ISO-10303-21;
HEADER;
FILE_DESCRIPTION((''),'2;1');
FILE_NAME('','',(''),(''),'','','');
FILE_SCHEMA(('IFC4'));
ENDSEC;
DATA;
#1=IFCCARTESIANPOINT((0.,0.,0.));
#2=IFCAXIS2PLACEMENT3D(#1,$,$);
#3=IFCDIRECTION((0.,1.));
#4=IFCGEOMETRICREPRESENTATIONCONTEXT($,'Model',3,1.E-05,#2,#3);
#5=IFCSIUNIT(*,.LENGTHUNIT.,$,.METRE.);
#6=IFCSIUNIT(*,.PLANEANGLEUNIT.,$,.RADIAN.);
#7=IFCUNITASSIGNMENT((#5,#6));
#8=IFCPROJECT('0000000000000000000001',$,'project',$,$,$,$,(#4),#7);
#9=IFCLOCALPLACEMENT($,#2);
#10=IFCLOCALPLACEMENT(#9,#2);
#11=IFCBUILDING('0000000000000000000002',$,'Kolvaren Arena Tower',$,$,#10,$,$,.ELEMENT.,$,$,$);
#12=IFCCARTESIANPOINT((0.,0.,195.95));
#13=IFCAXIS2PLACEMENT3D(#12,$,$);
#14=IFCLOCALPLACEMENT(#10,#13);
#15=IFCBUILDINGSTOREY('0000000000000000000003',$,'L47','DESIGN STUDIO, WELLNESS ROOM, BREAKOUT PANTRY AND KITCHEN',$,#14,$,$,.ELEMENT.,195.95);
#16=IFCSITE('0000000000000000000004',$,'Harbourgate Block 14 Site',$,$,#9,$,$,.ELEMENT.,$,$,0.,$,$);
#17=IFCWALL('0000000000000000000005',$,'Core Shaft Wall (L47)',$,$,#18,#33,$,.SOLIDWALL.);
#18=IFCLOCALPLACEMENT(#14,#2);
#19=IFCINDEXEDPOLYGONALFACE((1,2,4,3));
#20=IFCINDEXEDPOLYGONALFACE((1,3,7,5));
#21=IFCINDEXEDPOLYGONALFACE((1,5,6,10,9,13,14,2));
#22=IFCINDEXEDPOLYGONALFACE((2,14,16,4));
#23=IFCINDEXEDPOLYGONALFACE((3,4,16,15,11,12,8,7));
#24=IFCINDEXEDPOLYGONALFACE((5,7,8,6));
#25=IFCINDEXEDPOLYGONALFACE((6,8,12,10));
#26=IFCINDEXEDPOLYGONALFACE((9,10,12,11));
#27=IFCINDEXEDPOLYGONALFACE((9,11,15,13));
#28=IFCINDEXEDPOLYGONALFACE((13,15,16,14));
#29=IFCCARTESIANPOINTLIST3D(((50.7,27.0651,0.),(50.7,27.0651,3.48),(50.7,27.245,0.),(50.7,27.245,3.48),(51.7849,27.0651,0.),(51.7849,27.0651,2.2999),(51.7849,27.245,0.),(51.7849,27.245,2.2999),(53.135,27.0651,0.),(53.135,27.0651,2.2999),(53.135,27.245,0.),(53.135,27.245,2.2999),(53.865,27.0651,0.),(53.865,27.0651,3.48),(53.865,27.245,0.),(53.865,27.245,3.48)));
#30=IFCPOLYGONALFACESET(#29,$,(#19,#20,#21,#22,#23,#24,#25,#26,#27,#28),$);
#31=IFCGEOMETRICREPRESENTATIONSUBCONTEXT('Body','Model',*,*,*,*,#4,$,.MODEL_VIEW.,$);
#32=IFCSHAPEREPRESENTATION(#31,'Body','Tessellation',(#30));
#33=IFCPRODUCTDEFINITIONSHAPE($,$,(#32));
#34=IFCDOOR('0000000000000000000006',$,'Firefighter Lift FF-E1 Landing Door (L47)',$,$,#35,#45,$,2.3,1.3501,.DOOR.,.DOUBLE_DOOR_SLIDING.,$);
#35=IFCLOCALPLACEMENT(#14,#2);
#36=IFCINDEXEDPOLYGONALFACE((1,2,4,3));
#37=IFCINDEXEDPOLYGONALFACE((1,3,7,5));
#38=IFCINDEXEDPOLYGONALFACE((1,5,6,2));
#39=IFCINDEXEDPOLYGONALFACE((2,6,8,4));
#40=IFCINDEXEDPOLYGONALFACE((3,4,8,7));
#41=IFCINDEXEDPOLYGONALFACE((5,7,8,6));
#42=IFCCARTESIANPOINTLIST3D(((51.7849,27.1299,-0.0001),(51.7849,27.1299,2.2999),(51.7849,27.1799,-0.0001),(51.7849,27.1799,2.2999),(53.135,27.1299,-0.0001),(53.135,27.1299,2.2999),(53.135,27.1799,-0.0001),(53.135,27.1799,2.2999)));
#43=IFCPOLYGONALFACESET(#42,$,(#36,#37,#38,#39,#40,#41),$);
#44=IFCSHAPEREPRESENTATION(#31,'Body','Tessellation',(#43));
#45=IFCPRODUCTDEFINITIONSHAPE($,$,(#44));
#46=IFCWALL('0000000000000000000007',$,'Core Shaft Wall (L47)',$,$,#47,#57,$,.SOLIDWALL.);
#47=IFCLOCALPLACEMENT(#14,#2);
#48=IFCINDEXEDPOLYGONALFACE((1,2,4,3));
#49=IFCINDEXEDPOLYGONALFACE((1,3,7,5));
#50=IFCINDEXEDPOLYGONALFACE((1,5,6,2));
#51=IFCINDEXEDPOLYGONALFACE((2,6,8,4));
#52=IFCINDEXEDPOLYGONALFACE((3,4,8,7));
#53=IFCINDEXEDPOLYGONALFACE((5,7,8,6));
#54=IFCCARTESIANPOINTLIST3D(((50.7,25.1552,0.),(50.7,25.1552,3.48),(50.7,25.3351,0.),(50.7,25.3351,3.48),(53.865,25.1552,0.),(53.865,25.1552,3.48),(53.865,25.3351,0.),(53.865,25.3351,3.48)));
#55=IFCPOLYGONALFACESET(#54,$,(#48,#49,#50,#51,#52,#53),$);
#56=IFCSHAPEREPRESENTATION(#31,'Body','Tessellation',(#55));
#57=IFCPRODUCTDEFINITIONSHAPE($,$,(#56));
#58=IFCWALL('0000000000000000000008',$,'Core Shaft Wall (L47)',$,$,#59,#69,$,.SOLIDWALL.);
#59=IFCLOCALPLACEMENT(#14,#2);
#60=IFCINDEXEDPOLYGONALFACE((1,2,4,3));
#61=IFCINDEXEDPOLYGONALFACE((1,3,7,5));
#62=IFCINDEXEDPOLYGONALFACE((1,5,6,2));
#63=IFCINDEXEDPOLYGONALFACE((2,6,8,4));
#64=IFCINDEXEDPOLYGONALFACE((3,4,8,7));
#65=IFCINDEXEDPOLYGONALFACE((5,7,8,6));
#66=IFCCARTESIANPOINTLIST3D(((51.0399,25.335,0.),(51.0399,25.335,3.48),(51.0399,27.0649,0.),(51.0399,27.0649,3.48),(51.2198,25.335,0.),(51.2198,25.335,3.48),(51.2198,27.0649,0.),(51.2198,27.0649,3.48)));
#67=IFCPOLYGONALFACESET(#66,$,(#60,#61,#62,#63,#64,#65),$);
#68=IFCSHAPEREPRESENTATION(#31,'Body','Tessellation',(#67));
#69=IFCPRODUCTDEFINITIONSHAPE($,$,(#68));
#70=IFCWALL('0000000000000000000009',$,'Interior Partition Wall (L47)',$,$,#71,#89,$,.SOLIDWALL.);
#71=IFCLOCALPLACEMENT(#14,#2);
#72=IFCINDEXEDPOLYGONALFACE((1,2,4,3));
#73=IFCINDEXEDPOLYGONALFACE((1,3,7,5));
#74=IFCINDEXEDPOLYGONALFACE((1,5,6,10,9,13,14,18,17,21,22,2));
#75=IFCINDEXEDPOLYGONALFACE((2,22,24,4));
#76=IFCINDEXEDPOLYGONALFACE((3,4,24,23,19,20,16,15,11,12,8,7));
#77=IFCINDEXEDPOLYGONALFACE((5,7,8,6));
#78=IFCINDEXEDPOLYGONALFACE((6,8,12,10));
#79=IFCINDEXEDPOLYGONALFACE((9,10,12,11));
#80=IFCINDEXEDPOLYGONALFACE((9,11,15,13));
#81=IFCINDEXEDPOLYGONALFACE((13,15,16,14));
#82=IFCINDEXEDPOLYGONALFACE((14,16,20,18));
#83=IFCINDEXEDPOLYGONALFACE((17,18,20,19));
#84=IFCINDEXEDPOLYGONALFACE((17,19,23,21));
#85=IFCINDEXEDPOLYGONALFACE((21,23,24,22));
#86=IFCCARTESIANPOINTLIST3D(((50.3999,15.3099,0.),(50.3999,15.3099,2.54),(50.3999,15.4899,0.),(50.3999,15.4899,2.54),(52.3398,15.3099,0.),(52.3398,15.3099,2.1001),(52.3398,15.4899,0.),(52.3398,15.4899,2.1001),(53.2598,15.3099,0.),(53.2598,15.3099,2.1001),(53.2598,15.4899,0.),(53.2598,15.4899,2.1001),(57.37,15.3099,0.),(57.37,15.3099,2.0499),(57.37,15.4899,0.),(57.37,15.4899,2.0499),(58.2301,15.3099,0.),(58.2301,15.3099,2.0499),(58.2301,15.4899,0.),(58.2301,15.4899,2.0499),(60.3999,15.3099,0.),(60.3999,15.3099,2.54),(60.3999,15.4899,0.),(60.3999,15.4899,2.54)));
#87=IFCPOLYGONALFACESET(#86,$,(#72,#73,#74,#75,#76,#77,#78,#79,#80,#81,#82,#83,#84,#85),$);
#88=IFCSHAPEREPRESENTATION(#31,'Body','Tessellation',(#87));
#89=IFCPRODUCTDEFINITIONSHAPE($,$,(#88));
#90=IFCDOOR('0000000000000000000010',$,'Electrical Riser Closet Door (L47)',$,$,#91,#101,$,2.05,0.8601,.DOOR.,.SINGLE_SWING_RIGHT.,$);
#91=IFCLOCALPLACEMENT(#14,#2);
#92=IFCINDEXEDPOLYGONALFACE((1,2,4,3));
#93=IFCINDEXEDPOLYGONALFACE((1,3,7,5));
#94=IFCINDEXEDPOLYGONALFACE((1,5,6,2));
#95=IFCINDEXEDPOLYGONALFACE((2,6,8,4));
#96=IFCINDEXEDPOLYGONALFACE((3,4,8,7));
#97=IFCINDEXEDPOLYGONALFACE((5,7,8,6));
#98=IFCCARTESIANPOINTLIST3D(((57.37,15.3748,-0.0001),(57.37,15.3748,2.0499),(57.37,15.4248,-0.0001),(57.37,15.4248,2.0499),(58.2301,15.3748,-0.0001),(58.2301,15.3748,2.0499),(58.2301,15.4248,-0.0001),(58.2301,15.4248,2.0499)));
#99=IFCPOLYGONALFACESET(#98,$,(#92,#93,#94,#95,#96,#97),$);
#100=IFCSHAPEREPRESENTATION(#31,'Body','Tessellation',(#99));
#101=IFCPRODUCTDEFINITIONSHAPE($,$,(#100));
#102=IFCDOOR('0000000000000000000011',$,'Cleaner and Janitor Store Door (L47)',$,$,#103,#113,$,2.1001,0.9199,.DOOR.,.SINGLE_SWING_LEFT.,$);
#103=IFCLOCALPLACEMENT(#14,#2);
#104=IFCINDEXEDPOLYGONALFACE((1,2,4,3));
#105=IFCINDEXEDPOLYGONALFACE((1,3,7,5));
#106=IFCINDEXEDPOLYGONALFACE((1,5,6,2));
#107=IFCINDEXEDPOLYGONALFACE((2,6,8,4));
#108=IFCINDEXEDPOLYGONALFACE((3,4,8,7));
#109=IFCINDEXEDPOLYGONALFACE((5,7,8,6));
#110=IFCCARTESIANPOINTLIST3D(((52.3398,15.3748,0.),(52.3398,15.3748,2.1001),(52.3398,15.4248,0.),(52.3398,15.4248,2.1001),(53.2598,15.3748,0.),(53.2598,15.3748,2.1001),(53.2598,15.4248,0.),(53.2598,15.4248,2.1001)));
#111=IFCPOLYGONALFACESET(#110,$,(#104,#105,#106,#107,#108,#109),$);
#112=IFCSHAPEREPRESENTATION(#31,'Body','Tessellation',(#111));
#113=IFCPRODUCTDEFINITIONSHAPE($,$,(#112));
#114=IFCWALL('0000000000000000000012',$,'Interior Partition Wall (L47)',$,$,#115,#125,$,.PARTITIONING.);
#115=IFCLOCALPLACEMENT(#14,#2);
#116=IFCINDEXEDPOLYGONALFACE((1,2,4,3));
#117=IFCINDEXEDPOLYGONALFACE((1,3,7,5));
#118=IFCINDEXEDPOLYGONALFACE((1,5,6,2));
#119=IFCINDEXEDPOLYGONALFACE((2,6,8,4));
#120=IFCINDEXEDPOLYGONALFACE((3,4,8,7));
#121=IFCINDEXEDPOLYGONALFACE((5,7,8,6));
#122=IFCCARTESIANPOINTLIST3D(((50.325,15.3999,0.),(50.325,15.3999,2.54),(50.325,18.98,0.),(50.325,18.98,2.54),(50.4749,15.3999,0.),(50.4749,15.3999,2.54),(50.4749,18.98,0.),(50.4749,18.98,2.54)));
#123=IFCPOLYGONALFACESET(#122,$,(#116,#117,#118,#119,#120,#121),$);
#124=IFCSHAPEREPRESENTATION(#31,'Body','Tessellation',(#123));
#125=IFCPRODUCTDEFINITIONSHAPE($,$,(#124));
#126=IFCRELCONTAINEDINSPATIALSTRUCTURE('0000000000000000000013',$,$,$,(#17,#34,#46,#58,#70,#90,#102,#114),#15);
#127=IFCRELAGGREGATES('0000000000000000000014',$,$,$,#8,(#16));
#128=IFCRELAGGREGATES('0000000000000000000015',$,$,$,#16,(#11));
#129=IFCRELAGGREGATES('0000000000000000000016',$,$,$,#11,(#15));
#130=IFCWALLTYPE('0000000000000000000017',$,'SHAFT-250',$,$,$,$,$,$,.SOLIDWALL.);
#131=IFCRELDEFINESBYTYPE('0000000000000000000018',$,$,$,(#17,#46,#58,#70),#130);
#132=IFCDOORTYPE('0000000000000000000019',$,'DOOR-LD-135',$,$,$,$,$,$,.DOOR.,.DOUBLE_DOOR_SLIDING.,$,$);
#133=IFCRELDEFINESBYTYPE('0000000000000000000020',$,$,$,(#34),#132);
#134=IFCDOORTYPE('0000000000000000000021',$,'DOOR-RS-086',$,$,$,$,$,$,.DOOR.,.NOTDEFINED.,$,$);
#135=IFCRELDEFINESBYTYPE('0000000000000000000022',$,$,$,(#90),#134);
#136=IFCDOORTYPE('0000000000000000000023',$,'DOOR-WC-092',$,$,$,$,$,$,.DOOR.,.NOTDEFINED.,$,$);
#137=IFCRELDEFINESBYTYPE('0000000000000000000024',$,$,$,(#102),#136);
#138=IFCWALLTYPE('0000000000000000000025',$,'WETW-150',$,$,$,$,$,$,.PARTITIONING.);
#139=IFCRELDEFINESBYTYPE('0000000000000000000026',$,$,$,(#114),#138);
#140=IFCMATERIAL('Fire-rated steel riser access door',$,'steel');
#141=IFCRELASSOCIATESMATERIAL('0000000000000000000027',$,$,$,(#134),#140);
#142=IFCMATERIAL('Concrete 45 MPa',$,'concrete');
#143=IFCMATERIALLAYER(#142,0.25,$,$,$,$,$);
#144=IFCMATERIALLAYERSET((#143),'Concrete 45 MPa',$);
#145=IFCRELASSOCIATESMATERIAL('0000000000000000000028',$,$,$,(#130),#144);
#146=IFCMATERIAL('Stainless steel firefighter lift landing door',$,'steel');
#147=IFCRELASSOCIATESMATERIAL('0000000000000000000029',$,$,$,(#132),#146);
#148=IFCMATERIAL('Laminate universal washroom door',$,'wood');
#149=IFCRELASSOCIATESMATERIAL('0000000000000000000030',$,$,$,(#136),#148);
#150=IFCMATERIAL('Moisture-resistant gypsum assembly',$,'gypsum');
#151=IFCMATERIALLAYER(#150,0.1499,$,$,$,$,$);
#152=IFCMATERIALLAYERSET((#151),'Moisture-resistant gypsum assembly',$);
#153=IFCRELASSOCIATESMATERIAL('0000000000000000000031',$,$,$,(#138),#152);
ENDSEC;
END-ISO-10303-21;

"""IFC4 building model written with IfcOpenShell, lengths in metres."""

from ifc_helpers import new_model, si_unit, direction, frame, frame_2d, origin, place, context, subcontext, project, spatial, rectangle, extrude, material, layer, layer_set, type_object, element, fill, save


model = new_model("IFC4")

# Units and contexts
model_context = context("Model", 3, precision=1e-05, world=origin(), true_north=direction((0.0, 1.0)))
body_context = subcontext(model_context, "Body", "Model", "MODEL_VIEW")
ifc_project = project(units=[si_unit("LENGTHUNIT", "METRE"), si_unit("PLANEANGLEUNIT", "RADIAN")], contexts=[model_context])

# Site, building, storey
site_placement = place(None, origin())
site = spatial("IfcSite", under=ifc_project, at=site_placement, Name="Harbourgate Block 14 Site", CompositionType="ELEMENT", RefElevation=0.0)
building_placement = place(site_placement, origin())
building = spatial("IfcBuilding", under=site, at=building_placement, Name="Kolvaren Arena Tower", CompositionType="ELEMENT")
storey_placement = place(building_placement, frame((0.0, 0.0, 195.95)))
storey = spatial("IfcBuildingStorey", under=building, at=storey_placement, Name="L47", Description="DESIGN STUDIO, WELLNESS ROOM, BREAKOUT PANTRY AND KITCHEN", CompositionType="ELEMENT", Elevation=195.95)

# Shared definitions
ifc_material_1 = material(Name="Fire-rated steel riser access door", Category="steel")
door_type_1 = type_object("IfcDoorType", Name="DOOR-RS-086", OperationType="NOTDEFINED", PredefinedType="DOOR", material=ifc_material_1)

# Shared definitions
ifc_material_2 = material(Name="Concrete 45 MPa", Category="concrete")
ifc_layer_1 = layer(ifc_material_2, 0.25)
ifc_layer_set_1 = layer_set([ifc_layer_1], Name="Concrete 45 MPa")
wall_type_1 = type_object("IfcWallType", Name="SHAFT-250", PredefinedType="SOLIDWALL", material=ifc_layer_set_1)

# Wall, opening, door
wall_1_placement = place(storey_placement, frame((50.7, 27.155, 0.0), z_axis=(0.0, 0.0, 1.0), x_axis=(1.0, 0.0, 0.0)))
wall_1 = element("IfcWall", 1, at=wall_1_placement, inside=storey, type_object=wall_type_1, Name="Core Shaft Wall (L47)", PredefinedType="SOLIDWALL", context=body_context, shape_type="SweptSolid", body=[
    extrude(rectangle(XDim=3.165, YDim=0.1799, at=frame_2d((1.5825, 0.0))), origin(), (0.0, 0.0, 1.0), 3.48),
])
opening_1_placement = place(wall_1_placement, frame((1.085, 0.0, 0.0)))
opening_1 = element("IfcOpeningElement", 2, at=opening_1_placement, cuts=wall_1, PredefinedType="OPENING", context=body_context, shape_type="SweptSolid", body=[
    extrude(rectangle(XDim=1.3501, YDim=2.3, at=frame_2d((0.675, 1.1499))), frame((0.0, 0.0999, 0.0), z_axis=(0.0, -1.0, 0.0), x_axis=(1.0, 0.0, 0.0)), (0.0, 0.0, 1.0), 0.2),
])
ifc_material_3 = material(Name="Stainless steel firefighter lift landing door", Category="steel")
door_type_2 = type_object("IfcDoorType", Name="DOOR-LD-135", OperationType="DOUBLE_DOOR_SLIDING", PredefinedType="DOOR", material=ifc_material_3)
door_1_placement = place(opening_1_placement, origin())
door_1 = element("IfcDoor", 3, at=door_1_placement, inside=storey, type_object=door_type_2, Name="Firefighter Lift FF-E1 Landing Door (L47)", OperationType="DOUBLE_DOOR_SLIDING", OverallHeight=2.3, OverallWidth=1.3501, PredefinedType="DOOR", context=body_context, shape_type="SweptSolid", body=[
    extrude(rectangle(XDim=1.3501, YDim=2.3, at=frame_2d((0.675, 1.1499))), frame((0.0, 0.0249, 0.0), z_axis=(0.0, -1.0, 0.0), x_axis=(1.0, 0.0, 0.0)), (0.0, 0.0, 1.0), 0.05),
])
fill(opening_1, door_1)

# Walls
wall_2_placement = place(storey_placement, frame((50.7, 25.2451, 0.0), z_axis=(0.0, 0.0, 1.0), x_axis=(1.0, 0.0, 0.0)))
element("IfcWall", 4, at=wall_2_placement, inside=storey, type_object=wall_type_1, Name="Core Shaft Wall (L47)", PredefinedType="SOLIDWALL", context=body_context, shape_type="SweptSolid", body=[
    extrude(rectangle(XDim=3.165, YDim=0.1799, at=frame_2d((1.5825, 0.0))), origin(), (0.0, 0.0, 1.0), 3.48),
])
wall_3_placement = place(storey_placement, frame((51.1299, 25.335, 0.0), z_axis=(0.0, 0.0, 1.0), x_axis=(0.0, 1.0, 0.0)))
element("IfcWall", 5, at=wall_3_placement, inside=storey, type_object=wall_type_1, Name="Core Shaft Wall (L47)", PredefinedType="SOLIDWALL", context=body_context, shape_type="SweptSolid", body=[
    extrude(rectangle(XDim=1.73, YDim=0.1799, at=frame_2d((0.865, 0.0))), origin(), (0.0, 0.0, 1.0), 3.48),
])

# Wall, openings, doors
wall_4_placement = place(storey_placement, frame((50.3999, 15.3999, 0.0), z_axis=(0.0, 0.0, 1.0), x_axis=(1.0, 0.0, 0.0)))
wall_4 = element("IfcWall", 6, at=wall_4_placement, inside=storey, type_object=wall_type_1, Name="Interior Partition Wall (L47)", PredefinedType="SOLIDWALL", context=body_context, shape_type="SweptSolid", body=[
    extrude(rectangle(XDim=10.0, YDim=0.1799, at=frame_2d((5.0, 0.0))), origin(), (0.0, 0.0, 1.0), 2.54),
])
opening_2_placement = place(wall_4_placement, frame((1.9399, 0.0, 0.0)))
opening_2 = element("IfcOpeningElement", 7, at=opening_2_placement, cuts=wall_4, PredefinedType="OPENING", context=body_context, shape_type="SweptSolid", body=[
    extrude(rectangle(XDim=0.9199, YDim=2.1001, at=frame_2d((0.46, 1.05))), frame((0.0, 0.0999, 0.0), z_axis=(0.0, -1.0, 0.0), x_axis=(1.0, 0.0, 0.0)), (0.0, 0.0, 1.0), 0.2),
])
opening_3_placement = place(wall_4_placement, frame((6.97, 0.0, 0.0)))
opening_3 = element("IfcOpeningElement", 8, at=opening_3_placement, cuts=wall_4, PredefinedType="OPENING", context=body_context, shape_type="SweptSolid", body=[
    extrude(rectangle(XDim=0.8601, YDim=2.05, at=frame_2d((0.4302, 1.0249))), frame((0.0, 0.0999, 0.0), z_axis=(0.0, -1.0, 0.0), x_axis=(1.0, 0.0, 0.0)), (0.0, 0.0, 1.0), 0.2),
])
door_2_placement = place(opening_3_placement, origin())
door_2 = element("IfcDoor", 9, at=door_2_placement, inside=storey, type_object=door_type_1, Name="Electrical Riser Closet Door (L47)", OperationType="SINGLE_SWING_RIGHT", OverallHeight=2.05, OverallWidth=0.8601, PredefinedType="DOOR", context=body_context, shape_type="SweptSolid", body=[
    extrude(rectangle(XDim=0.8601, YDim=2.05, at=frame_2d((0.4302, 1.0249))), frame((0.0, 0.0249, 0.0), z_axis=(0.0, -1.0, 0.0), x_axis=(1.0, 0.0, 0.0)), (0.0, 0.0, 1.0), 0.05),
])
fill(opening_3, door_2)
ifc_material_4 = material(Name="Laminate universal washroom door", Category="wood")
door_type_3 = type_object("IfcDoorType", Name="DOOR-WC-092", OperationType="NOTDEFINED", PredefinedType="DOOR", material=ifc_material_4)
door_3_placement = place(opening_2_placement, origin())
door_3 = element("IfcDoor", 10, at=door_3_placement, inside=storey, type_object=door_type_3, Name="Cleaner and Janitor Store Door (L47)", OperationType="SINGLE_SWING_LEFT", OverallHeight=2.1001, OverallWidth=0.9199, PredefinedType="DOOR", context=body_context, shape_type="SweptSolid", body=[
    extrude(rectangle(XDim=0.9199, YDim=2.1001, at=frame_2d((0.46, 1.05))), frame((0.0, 0.0249, 0.0), z_axis=(0.0, -1.0, 0.0), x_axis=(1.0, 0.0, 0.0)), (0.0, 0.0, 1.0), 0.05),
])
fill(opening_2, door_3)

# Wall
ifc_material_5 = material(Name="Moisture-resistant gypsum assembly", Category="gypsum")
ifc_layer_2 = layer(ifc_material_5, 0.1499)
ifc_layer_set_2 = layer_set([ifc_layer_2], Name="Moisture-resistant gypsum assembly")
wall_type_2 = type_object("IfcWallType", Name="WETW-150", PredefinedType="PARTITIONING", material=ifc_layer_set_2)
wall_5_placement = place(storey_placement, frame((50.3999, 15.3999, 0.0), z_axis=(0.0, 0.0, 1.0), x_axis=(0.0, 1.0, 0.0)))
element("IfcWall", 11, at=wall_5_placement, inside=storey, type_object=wall_type_2, Name="Interior Partition Wall (L47)", PredefinedType="PARTITIONING", context=body_context, shape_type="SweptSolid", body=[
    extrude(rectangle(XDim=3.5801, YDim=0.1499, at=frame_2d((1.79, 0.0))), origin(), (0.0, 0.0, 1.0), 2.54),
])

save(model, "model.ifc")
